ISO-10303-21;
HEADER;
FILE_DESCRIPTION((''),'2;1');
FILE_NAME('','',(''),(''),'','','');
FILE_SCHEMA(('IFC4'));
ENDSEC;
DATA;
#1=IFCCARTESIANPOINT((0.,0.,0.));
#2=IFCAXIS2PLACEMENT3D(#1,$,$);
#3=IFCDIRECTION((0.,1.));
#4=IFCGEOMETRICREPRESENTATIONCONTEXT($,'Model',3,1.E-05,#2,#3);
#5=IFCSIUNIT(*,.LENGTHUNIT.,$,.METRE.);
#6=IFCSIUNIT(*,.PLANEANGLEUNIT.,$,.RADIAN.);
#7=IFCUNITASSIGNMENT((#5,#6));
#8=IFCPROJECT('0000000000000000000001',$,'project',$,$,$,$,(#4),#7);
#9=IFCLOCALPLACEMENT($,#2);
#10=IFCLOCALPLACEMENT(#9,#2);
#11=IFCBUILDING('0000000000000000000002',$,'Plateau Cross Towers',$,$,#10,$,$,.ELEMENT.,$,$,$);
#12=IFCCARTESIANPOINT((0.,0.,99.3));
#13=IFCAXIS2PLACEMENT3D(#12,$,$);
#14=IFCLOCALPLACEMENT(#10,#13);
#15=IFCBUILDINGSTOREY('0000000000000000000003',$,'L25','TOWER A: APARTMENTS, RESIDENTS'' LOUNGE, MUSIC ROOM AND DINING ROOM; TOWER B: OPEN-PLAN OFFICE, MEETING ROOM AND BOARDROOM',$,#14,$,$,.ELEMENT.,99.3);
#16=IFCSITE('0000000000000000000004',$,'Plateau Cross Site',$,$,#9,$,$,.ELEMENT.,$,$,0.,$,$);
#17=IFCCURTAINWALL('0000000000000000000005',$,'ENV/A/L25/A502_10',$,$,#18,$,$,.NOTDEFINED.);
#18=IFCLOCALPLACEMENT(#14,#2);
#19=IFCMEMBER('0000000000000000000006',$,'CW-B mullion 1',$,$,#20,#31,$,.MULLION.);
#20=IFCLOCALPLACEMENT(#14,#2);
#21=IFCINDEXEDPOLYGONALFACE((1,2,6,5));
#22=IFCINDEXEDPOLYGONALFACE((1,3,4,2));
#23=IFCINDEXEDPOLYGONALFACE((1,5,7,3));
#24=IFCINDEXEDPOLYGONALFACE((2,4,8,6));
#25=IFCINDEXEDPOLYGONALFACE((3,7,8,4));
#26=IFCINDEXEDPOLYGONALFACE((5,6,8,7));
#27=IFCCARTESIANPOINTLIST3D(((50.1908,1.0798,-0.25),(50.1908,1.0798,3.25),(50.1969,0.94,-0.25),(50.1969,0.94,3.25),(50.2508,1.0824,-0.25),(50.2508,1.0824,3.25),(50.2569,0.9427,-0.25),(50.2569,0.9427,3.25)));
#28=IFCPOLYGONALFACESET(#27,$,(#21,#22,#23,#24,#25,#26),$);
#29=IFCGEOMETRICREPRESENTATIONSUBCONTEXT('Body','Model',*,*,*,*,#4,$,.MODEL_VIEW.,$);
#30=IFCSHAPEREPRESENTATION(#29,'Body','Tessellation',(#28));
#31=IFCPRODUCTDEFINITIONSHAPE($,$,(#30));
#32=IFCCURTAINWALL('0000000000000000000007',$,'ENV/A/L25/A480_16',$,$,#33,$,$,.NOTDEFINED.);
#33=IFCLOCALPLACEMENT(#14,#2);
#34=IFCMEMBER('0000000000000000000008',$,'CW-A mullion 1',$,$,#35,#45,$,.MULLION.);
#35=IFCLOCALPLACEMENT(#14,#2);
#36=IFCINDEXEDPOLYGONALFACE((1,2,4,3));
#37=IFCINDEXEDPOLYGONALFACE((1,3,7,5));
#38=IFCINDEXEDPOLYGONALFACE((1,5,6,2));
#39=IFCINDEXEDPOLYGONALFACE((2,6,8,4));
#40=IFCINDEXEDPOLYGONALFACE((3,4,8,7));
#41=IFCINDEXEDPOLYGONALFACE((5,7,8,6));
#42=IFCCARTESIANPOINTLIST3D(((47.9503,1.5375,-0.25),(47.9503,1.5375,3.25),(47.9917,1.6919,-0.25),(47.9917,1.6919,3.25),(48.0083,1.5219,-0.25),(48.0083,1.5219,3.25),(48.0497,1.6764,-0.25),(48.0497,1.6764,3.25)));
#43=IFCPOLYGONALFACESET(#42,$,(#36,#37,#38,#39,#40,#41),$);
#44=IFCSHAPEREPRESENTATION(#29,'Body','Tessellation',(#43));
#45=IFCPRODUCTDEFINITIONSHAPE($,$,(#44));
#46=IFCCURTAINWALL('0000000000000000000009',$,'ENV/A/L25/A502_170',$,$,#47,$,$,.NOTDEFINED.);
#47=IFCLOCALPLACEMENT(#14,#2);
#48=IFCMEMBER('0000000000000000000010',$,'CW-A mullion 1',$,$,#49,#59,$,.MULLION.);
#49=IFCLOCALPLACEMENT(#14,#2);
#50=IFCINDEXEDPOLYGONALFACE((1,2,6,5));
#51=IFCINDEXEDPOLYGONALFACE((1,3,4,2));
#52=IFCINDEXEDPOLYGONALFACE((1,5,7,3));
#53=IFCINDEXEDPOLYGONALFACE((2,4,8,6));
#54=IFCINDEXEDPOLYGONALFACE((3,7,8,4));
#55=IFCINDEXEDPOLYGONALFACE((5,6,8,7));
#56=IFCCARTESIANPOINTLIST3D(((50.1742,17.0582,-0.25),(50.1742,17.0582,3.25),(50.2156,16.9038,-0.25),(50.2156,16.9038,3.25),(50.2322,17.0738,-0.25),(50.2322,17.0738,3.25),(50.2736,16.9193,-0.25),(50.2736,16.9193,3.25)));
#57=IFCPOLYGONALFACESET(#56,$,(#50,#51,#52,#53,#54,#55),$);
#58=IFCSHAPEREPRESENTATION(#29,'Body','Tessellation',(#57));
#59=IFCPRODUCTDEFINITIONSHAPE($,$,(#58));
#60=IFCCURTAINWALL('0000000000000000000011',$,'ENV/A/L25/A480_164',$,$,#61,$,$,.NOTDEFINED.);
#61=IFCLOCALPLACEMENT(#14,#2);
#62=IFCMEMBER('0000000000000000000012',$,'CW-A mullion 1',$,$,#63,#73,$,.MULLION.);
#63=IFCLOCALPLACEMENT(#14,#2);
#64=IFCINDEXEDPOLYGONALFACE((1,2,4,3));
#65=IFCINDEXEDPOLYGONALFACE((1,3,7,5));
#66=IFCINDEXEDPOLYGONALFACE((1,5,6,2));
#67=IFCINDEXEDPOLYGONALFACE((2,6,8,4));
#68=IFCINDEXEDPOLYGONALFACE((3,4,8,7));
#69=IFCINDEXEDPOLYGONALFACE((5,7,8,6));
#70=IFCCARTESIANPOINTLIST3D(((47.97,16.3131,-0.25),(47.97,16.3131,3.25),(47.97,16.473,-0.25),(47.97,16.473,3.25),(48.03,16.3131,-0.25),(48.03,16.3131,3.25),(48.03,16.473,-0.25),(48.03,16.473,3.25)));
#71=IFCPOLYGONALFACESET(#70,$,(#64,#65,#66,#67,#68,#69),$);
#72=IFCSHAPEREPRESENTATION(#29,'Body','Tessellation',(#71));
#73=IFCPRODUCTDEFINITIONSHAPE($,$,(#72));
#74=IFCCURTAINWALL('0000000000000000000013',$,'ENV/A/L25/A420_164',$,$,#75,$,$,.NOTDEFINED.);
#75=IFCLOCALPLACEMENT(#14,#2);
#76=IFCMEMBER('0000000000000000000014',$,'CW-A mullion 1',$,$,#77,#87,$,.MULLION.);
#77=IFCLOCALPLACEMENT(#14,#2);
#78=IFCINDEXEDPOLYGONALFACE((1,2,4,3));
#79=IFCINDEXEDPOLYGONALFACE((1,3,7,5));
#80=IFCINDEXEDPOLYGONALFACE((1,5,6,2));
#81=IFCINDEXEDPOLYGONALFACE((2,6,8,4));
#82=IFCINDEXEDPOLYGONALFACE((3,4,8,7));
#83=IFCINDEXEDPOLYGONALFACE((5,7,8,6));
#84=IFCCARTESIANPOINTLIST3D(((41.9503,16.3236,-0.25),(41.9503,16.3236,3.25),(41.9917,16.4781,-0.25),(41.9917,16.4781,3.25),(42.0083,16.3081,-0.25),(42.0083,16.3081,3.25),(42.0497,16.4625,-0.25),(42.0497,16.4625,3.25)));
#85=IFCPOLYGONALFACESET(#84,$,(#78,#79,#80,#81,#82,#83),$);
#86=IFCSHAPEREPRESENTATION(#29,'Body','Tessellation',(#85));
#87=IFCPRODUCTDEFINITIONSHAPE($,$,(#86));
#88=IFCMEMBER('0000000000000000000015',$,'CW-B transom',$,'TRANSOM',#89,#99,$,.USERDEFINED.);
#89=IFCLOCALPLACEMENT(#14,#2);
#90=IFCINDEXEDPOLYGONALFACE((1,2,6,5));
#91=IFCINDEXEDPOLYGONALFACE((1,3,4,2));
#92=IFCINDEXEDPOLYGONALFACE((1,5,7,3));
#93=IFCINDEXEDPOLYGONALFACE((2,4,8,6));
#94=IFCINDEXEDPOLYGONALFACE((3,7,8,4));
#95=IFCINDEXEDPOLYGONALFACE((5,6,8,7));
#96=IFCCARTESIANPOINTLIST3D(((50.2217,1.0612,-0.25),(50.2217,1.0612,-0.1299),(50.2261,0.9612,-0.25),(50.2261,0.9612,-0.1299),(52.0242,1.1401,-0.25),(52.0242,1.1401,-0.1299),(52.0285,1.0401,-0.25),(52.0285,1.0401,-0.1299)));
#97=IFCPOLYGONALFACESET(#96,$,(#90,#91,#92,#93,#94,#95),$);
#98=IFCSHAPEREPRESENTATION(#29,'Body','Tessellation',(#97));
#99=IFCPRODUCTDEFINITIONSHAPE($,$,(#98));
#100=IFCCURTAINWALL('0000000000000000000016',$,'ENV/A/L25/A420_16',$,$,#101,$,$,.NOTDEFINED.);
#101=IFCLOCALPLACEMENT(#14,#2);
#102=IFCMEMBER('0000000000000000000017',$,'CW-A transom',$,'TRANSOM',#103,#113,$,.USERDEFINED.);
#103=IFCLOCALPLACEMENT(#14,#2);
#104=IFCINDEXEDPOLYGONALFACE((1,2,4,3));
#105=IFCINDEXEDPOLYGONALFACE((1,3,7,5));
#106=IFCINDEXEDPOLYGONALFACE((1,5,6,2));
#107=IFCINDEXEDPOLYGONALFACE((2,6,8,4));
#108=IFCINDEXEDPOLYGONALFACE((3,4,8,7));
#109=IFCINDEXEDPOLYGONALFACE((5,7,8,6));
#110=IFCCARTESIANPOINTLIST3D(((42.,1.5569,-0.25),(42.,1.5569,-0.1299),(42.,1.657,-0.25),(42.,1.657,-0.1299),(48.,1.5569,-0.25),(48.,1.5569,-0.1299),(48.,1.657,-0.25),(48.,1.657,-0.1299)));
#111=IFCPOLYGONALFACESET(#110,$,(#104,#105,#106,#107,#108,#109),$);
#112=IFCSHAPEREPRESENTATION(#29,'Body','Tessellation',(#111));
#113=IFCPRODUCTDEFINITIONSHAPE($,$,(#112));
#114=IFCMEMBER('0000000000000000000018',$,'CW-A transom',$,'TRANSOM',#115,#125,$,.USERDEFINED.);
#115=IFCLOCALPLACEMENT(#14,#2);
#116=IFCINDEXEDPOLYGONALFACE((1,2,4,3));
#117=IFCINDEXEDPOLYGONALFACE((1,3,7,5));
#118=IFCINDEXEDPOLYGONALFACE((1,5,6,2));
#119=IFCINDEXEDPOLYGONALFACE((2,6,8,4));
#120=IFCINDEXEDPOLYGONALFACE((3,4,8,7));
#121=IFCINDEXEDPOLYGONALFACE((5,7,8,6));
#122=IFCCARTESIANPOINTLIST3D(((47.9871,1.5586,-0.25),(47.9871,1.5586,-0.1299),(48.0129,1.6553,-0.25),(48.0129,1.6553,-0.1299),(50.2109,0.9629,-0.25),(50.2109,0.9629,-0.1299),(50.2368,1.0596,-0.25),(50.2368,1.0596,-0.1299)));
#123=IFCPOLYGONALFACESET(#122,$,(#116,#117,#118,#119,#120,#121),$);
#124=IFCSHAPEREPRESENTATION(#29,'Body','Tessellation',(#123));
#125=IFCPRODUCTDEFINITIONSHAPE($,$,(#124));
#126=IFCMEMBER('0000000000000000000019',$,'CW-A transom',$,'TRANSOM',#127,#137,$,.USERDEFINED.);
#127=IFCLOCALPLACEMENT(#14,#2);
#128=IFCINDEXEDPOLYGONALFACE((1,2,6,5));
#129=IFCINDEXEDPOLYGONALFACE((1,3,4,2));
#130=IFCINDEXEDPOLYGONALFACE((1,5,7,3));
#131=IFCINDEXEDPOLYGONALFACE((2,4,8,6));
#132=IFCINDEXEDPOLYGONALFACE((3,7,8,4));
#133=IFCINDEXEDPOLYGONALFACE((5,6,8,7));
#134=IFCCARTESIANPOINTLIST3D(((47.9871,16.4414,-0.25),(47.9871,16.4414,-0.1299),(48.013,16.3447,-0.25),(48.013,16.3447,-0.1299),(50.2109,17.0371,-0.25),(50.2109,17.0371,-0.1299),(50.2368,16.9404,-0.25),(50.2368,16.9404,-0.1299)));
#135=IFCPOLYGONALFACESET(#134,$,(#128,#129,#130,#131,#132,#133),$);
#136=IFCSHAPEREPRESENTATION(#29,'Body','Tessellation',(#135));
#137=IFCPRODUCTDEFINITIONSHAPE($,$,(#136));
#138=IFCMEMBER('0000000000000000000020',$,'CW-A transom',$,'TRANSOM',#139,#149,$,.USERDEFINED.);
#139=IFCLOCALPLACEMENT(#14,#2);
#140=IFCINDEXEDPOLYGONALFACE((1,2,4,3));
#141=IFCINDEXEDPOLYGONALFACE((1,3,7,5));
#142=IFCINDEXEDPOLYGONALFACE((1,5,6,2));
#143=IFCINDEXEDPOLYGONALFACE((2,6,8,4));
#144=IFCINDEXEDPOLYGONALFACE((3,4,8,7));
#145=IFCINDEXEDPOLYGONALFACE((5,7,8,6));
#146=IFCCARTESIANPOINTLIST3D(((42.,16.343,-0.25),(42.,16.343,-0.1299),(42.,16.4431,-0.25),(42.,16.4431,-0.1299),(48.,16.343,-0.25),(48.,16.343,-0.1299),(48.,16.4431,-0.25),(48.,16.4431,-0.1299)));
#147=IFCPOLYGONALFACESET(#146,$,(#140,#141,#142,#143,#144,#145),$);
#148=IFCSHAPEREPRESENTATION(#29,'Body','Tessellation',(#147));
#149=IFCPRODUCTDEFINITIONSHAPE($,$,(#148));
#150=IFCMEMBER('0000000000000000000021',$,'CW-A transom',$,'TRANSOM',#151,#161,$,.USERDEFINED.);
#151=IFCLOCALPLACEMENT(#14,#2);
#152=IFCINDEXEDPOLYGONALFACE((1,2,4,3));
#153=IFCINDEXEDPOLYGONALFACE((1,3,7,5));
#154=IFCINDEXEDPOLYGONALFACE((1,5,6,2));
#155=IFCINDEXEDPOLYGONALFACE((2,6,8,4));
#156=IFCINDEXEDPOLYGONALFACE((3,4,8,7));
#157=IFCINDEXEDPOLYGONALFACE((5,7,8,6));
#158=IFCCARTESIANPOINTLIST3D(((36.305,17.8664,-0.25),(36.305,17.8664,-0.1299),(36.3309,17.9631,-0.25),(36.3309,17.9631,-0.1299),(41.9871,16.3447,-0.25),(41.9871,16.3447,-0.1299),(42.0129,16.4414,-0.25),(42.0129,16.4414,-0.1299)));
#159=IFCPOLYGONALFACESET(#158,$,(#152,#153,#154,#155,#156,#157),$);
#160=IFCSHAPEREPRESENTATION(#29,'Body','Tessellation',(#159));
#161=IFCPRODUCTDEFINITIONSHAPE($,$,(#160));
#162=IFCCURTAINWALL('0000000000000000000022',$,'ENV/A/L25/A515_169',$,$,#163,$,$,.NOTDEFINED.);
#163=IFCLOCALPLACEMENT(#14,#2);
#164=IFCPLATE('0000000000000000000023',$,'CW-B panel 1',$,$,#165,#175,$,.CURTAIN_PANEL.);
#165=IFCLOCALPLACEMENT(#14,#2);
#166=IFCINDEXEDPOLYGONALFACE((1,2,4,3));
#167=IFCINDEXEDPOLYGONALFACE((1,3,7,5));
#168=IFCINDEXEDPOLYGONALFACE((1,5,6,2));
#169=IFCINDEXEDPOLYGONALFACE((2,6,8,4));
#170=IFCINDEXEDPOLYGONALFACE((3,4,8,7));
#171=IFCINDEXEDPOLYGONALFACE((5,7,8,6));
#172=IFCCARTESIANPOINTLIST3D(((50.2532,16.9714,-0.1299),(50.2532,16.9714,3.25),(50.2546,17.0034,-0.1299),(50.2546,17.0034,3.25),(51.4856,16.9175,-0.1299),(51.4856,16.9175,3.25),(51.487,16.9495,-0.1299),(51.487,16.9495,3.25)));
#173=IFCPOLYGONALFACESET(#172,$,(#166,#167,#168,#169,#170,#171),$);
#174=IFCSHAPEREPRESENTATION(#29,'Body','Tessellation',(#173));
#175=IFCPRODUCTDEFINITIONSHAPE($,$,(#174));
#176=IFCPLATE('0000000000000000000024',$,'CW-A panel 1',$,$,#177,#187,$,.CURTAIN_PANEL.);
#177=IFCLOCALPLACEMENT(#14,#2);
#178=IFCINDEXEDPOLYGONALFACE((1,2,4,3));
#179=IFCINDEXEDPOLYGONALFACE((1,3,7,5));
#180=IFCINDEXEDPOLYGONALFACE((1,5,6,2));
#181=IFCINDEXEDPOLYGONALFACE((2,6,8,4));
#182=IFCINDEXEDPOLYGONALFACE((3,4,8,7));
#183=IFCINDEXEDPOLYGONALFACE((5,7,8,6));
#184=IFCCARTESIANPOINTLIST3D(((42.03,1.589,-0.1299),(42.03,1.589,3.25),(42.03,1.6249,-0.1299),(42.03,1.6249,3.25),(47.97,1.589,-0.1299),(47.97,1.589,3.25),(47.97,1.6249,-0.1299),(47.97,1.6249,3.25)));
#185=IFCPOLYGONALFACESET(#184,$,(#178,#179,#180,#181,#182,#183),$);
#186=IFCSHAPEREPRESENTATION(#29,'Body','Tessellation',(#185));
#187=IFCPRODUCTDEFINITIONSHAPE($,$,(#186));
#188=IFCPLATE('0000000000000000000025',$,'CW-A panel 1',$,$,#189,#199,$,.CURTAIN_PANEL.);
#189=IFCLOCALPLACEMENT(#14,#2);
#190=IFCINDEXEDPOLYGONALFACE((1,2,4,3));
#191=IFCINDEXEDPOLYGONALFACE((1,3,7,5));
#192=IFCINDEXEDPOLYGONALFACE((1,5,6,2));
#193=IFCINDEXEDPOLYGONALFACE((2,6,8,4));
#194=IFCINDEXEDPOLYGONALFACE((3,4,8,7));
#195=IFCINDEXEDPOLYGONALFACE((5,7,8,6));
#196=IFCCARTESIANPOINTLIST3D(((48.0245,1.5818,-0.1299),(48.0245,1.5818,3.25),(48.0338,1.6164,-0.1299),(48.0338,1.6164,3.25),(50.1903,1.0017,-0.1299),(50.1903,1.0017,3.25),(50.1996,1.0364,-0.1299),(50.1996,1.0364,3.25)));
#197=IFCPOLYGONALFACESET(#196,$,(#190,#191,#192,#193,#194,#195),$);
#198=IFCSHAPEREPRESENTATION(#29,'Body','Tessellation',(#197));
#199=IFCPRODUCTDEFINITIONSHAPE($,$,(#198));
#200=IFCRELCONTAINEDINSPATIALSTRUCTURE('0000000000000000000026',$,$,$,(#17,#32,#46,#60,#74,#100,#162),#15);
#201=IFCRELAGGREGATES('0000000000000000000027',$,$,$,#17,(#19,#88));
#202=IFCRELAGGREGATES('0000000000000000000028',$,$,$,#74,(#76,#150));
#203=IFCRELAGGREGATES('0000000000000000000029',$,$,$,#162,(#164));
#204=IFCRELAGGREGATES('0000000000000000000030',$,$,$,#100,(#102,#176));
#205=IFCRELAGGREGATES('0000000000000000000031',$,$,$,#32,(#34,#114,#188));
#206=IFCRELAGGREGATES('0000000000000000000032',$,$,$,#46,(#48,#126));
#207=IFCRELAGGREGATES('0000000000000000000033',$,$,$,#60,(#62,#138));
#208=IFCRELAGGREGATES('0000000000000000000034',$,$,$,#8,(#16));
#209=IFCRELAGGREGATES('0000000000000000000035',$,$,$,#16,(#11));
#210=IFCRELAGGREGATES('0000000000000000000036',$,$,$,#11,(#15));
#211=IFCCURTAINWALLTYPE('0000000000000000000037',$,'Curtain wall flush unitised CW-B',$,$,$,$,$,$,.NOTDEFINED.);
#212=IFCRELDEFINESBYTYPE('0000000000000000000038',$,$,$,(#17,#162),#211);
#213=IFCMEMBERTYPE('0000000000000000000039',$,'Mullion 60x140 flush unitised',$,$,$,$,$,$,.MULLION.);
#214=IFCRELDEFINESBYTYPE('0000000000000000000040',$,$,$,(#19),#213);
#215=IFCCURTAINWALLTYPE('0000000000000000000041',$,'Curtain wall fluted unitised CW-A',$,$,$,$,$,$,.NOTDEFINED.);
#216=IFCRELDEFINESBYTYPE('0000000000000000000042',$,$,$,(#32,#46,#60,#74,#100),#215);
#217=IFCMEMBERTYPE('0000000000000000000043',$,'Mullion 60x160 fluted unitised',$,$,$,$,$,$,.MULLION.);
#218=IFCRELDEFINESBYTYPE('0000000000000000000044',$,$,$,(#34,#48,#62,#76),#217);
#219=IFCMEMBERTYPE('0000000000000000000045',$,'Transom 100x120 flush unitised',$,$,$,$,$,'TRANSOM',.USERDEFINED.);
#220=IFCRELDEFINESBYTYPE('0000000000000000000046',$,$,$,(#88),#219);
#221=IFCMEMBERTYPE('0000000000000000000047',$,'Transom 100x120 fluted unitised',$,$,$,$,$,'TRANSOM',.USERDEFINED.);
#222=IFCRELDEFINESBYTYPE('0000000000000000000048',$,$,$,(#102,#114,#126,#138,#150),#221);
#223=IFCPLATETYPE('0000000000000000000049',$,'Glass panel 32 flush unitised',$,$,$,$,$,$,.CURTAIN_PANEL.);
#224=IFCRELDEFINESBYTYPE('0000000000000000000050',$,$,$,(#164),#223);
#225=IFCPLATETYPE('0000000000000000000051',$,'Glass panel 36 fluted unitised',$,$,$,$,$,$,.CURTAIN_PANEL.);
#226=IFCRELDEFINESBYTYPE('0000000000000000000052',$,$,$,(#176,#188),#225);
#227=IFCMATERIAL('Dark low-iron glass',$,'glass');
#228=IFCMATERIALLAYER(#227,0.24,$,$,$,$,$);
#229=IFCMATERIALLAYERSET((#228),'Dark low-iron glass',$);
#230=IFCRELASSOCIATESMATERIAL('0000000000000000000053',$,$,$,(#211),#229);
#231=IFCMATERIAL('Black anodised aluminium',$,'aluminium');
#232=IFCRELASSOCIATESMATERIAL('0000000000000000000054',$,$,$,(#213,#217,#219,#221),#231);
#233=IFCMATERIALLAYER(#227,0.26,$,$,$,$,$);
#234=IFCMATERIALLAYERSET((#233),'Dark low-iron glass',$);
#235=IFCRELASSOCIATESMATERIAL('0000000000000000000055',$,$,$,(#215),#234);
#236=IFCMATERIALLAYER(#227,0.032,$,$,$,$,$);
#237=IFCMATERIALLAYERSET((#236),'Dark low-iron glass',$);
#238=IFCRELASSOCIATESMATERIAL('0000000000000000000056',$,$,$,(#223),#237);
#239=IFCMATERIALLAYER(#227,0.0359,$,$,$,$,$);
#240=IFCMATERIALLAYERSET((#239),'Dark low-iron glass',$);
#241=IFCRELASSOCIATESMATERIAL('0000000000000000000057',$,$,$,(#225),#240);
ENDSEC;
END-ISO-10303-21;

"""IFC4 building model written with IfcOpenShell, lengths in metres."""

from ifc_helpers import new_model, si_unit, direction, frame, origin, origin_2d, place, context, subcontext, project, spatial, rectangle, extrude, material, layer, layer_set, material_profile, profile_set, type_object, element, aggregate, save


model = new_model("IFC4")

# Units and contexts
model_context = context("Model", 3, precision=1e-05, world=origin(), true_north=direction((0.0, 1.0)))
body_context = subcontext(model_context, "Body", "Model", "MODEL_VIEW")
ifc_project = project(units=[si_unit("LENGTHUNIT", "METRE"), si_unit("PLANEANGLEUNIT", "RADIAN")], contexts=[model_context])

# Site, building, storey
site_placement = place(None, origin())
site = spatial("IfcSite", under=ifc_project, at=site_placement, Name="Plateau Cross Site", CompositionType="ELEMENT", RefElevation=0.0)
building_placement = place(site_placement, origin())
building = spatial("IfcBuilding", under=site, at=building_placement, Name="Plateau Cross Towers", CompositionType="ELEMENT")
storey_placement = place(building_placement, frame((0.0, 0.0, 99.3)))
storey = spatial("IfcBuildingStorey", under=building, at=storey_placement, Name="L25", Description="TOWER A: APARTMENTS, RESIDENTS' LOUNGE, MUSIC ROOM AND DINING ROOM; TOWER B: OPEN-PLAN OFFICE, MEETING ROOM AND BOARDROOM", CompositionType="ELEMENT", Elevation=99.3)

# Curtain walls, members
ifc_material_1 = material(Name="Dark low-iron glass", Category="glass")
ifc_layer_1 = layer(ifc_material_1, 0.24)
ifc_layer_set_1 = layer_set([ifc_layer_1], Name="Dark low-iron glass")
curtain_wall_type_1 = type_object("IfcCurtainWallType", Name="Curtain wall flush unitised CW-B", PredefinedType="NOTDEFINED", material=ifc_layer_set_1)
curtain_wall_1_placement = place(storey_placement, origin())
curtain_wall_1 = element("IfcCurtainWall", 1, at=curtain_wall_1_placement, inside=storey, type_object=curtain_wall_type_1, Name="ENV/A/L25/A502_10", PredefinedType="NOTDEFINED")
ifc_material_2 = material(Name="Black anodised aluminium", Category="aluminium")
ifc_material_profile_1 = material_profile(ifc_material_2, rectangle(XDim=0.0601, YDim=0.1399, at=origin_2d()), Name="MULLION 60x140")
ifc_profile_set_1 = profile_set([ifc_material_profile_1], Name="Black anodised aluminium")
member_type_1 = type_object("IfcMemberType", Name="Mullion 60x140 flush unitised", PredefinedType="MULLION", material=ifc_profile_set_1)
member_1_placement = place(storey_placement, frame((50.2239, 1.0112, -0.25), z_axis=(0.0, 0.0, 1.0), x_axis=(0.999044, 0.043723, 0.0)))
member_1 = element("IfcMember", 2, at=member_1_placement, type_object=member_type_1, Name="CW-B mullion 1", PredefinedType="MULLION", context=body_context, shape_type="SweptSolid", body=[
    extrude(rectangle(XDim=0.0601, YDim=0.1399, at=origin_2d()), origin(), (0.0, 0.0, 1.0), 3.5),
])
ifc_layer_2 = layer(ifc_material_1, 0.26)
ifc_layer_set_2 = layer_set([ifc_layer_2], Name="Dark low-iron glass")
curtain_wall_type_2 = type_object("IfcCurtainWallType", Name="Curtain wall fluted unitised CW-A", PredefinedType="NOTDEFINED", material=ifc_layer_set_2)
curtain_wall_2_placement = place(storey_placement, origin())
curtain_wall_2 = element("IfcCurtainWall", 3, at=curtain_wall_2_placement, inside=storey, type_object=curtain_wall_type_2, Name="ENV/A/L25/A480_16", PredefinedType="NOTDEFINED")
ifc_material_profile_2 = material_profile(ifc_material_2, rectangle(XDim=0.0601, YDim=0.1599, at=origin_2d()), Name="MULLION 60x160")
ifc_profile_set_2 = profile_set([ifc_material_profile_2], Name="Black anodised aluminium")
member_type_2 = type_object("IfcMemberType", Name="Mullion 60x160 fluted unitised", PredefinedType="MULLION", material=ifc_profile_set_2)
member_2_placement = place(storey_placement, frame((48.0, 1.6069, -0.25), z_axis=(0.0, 0.0, 1.0), x_axis=(0.965958, -0.258699, 0.0)))
member_2 = element("IfcMember", 4, at=member_2_placement, type_object=member_type_2, Name="CW-A mullion 1", PredefinedType="MULLION", context=body_context, shape_type="SweptSolid", body=[
    extrude(rectangle(XDim=0.0601, YDim=0.1599, at=origin_2d()), origin(), (0.0, 0.0, 1.0), 3.5),
])
curtain_wall_3_placement = place(storey_placement, origin())
curtain_wall_3 = element("IfcCurtainWall", 5, at=curtain_wall_3_placement, inside=storey, type_object=curtain_wall_type_2, Name="ENV/A/L25/A502_170", PredefinedType="NOTDEFINED")
member_3_placement = place(storey_placement, frame((50.2239, 16.9888, -0.25), z_axis=(0.0, 0.0, 1.0), x_axis=(-0.965958, -0.258699, 0.0)))
member_3 = element("IfcMember", 6, at=member_3_placement, type_object=member_type_2, Name="CW-A mullion 1", PredefinedType="MULLION", context=body_context, shape_type="SweptSolid", body=[
    extrude(rectangle(XDim=0.0601, YDim=0.1599, at=origin_2d()), origin(), (0.0, 0.0, 1.0), 3.5),
])
curtain_wall_4_placement = place(storey_placement, origin())
curtain_wall_4 = element("IfcCurtainWall", 7, at=curtain_wall_4_placement, inside=storey, type_object=curtain_wall_type_2, Name="ENV/A/L25/A480_164", PredefinedType="NOTDEFINED")
member_4_placement = place(storey_placement, frame((48.0, 16.3931, -0.25), z_axis=(0.0, 0.0, 1.0), x_axis=(-1.0, 0.0, 0.0)))
member_4 = element("IfcMember", 8, at=member_4_placement, type_object=member_type_2, Name="CW-A mullion 1", PredefinedType="MULLION", context=body_context, shape_type="SweptSolid", body=[
    extrude(rectangle(XDim=0.0601, YDim=0.1599, at=origin_2d()), origin(), (0.0, 0.0, 1.0), 3.5),
])
curtain_wall_5_placement = place(storey_placement, origin())
curtain_wall_5 = element("IfcCurtainWall", 9, at=curtain_wall_5_placement, inside=storey, type_object=curtain_wall_type_2, Name="ENV/A/L25/A420_164", PredefinedType="NOTDEFINED")
member_5_placement = place(storey_placement, frame((42.0, 16.3931, -0.25), z_axis=(0.0, 0.0, 1.0), x_axis=(-0.965958, 0.258699, 0.0)))
member_5 = element("IfcMember", 10, at=member_5_placement, type_object=member_type_2, Name="CW-A mullion 1", PredefinedType="MULLION", context=body_context, shape_type="SweptSolid", body=[
    extrude(rectangle(XDim=0.0601, YDim=0.1599, at=origin_2d()), origin(), (0.0, 0.0, 1.0), 3.5),
])

# Member
ifc_material_profile_3 = material_profile(ifc_material_2, rectangle(XDim=0.1001, YDim=0.1201, at=origin_2d()), Name="TRANSOM 100x120")
ifc_profile_set_3 = profile_set([ifc_material_profile_3], Name="Black anodised aluminium")
member_type_3 = type_object("IfcMemberType", Name="Transom 100x120 flush unitised", ElementType="TRANSOM", PredefinedType="USERDEFINED", material=ifc_profile_set_3)
member_6_placement = place(storey_placement, frame((50.2239, 1.0112, -0.1899), z_axis=(0.999044, 0.043707, 0.0), x_axis=(-0.043707, 0.999044, 0.0)))
member_6 = element("IfcMember", 11, at=member_6_placement, type_object=member_type_3, Name="CW-B transom", ObjectType="TRANSOM", PredefinedType="USERDEFINED", context=body_context, shape_type="SweptSolid", body=[
    extrude(rectangle(XDim=0.1001, YDim=0.1201, at=origin_2d()), origin(), (0.0, 0.0, 1.0), 1.8042),
])
aggregate(curtain_wall_1, [member_1, member_6])

# Curtain wall, member
curtain_wall_6_placement = place(storey_placement, origin())
curtain_wall_6 = element("IfcCurtainWall", 12, at=curtain_wall_6_placement, inside=storey, type_object=curtain_wall_type_2, Name="ENV/A/L25/A420_16", PredefinedType="NOTDEFINED")
ifc_material_profile_4 = material_profile(ifc_material_2, rectangle(XDim=0.1001, YDim=0.1201, at=origin_2d()), Name="TRANSOM 100x120")
ifc_profile_set_4 = profile_set([ifc_material_profile_4], Name="Black anodised aluminium")
member_type_4 = type_object("IfcMemberType", Name="Transom 100x120 fluted unitised", ElementType="TRANSOM", PredefinedType="USERDEFINED", material=ifc_profile_set_4)
member_7_placement = place(storey_placement, frame((42.0, 1.6069, -0.1899), z_axis=(1.0, 0.0, 0.0), x_axis=(0.0, 1.0, 0.0)))
member_7 = element("IfcMember", 13, at=member_7_placement, type_object=member_type_4, Name="CW-A transom", ObjectType="TRANSOM", PredefinedType="USERDEFINED", context=body_context, shape_type="SweptSolid", body=[
    extrude(rectangle(XDim=0.1001, YDim=0.1201, at=origin_2d()), origin(), (0.0, 0.0, 1.0), 6.0),
])

# Members
member_8_placement = place(storey_placement, frame((48.0, 1.6069, -0.1899), z_axis=(0.965946, -0.258745, 0.0), x_axis=(0.258745, 0.965946, 0.0)))
member_8 = element("IfcMember", 14, at=member_8_placement, type_object=member_type_4, Name="CW-A transom", ObjectType="TRANSOM", PredefinedType="USERDEFINED", context=body_context, shape_type="SweptSolid", body=[
    extrude(rectangle(XDim=0.1001, YDim=0.1201, at=origin_2d()), origin(), (0.0, 0.0, 1.0), 2.3022),
])
member_9_placement = place(storey_placement, frame((50.2239, 16.9888, -0.1899), z_axis=(-0.965946, -0.258745, 0.0), x_axis=(0.258745, -0.965946, 0.0)))
member_9 = element("IfcMember", 15, at=member_9_placement, type_object=member_type_4, Name="CW-A transom", ObjectType="TRANSOM", PredefinedType="USERDEFINED", context=body_context, shape_type="SweptSolid", body=[
    extrude(rectangle(XDim=0.1001, YDim=0.1201, at=origin_2d()), origin(), (0.0, 0.0, 1.0), 2.3022),
])
member_10_placement = place(storey_placement, frame((48.0, 16.3931, -0.1899), z_axis=(-1.0, 0.0, 0.0), x_axis=(0.0, -1.0, 0.0)))
member_10 = element("IfcMember", 16, at=member_10_placement, type_object=member_type_4, Name="CW-A transom", ObjectType="TRANSOM", PredefinedType="USERDEFINED", context=body_context, shape_type="SweptSolid", body=[
    extrude(rectangle(XDim=0.1001, YDim=0.1201, at=origin_2d()), origin(), (0.0, 0.0, 1.0), 6.0),
])
member_11_placement = place(storey_placement, frame((42.0, 16.3931, -0.1899), z_axis=(-0.96596, 0.258693, 0.0), x_axis=(-0.258693, -0.96596, 0.0)))
member_11 = element("IfcMember", 17, at=member_11_placement, type_object=member_type_4, Name="CW-A transom", ObjectType="TRANSOM", PredefinedType="USERDEFINED", context=body_context, shape_type="SweptSolid", body=[
    extrude(rectangle(XDim=0.1001, YDim=0.1201, at=origin_2d()), origin(), (0.0, 0.0, 1.0), 5.8823),
])
aggregate(curtain_wall_5, [member_5, member_11])

# Curtain wall, plate
curtain_wall_7_placement = place(storey_placement, origin())
curtain_wall_7 = element("IfcCurtainWall", 18, at=curtain_wall_7_placement, inside=storey, type_object=curtain_wall_type_1, Name="ENV/A/L25/A515_169", PredefinedType="NOTDEFINED")
ifc_layer_3 = layer(ifc_material_1, 0.032)
ifc_layer_set_3 = layer_set([ifc_layer_3], Name="Dark low-iron glass")
plate_type_1 = type_object("IfcPlateType", Name="Glass panel 32 flush unitised", PredefinedType="CURTAIN_PANEL", material=ifc_layer_set_3)
plate_1_placement = place(storey_placement, frame((50.8701, 16.9604, -0.1299), z_axis=(0.0, 0.0, 1.0), x_axis=(-0.999044, 0.043723, 0.0)))
plate_1 = element("IfcPlate", 19, at=plate_1_placement, type_object=plate_type_1, Name="CW-B panel 1", PredefinedType="CURTAIN_PANEL", context=body_context, shape_type="SweptSolid", body=[
    extrude(rectangle(XDim=1.2336, YDim=0.032, at=origin_2d()), origin(), (0.0, 0.0, 1.0), 3.3799),
])
aggregate(curtain_wall_7, [plate_1])

# Plates
ifc_layer_4 = layer(ifc_material_1, 0.0359)
ifc_layer_set_4 = layer_set([ifc_layer_4], Name="Dark low-iron glass")
plate_type_2 = type_object("IfcPlateType", Name="Glass panel 36 fluted unitised", PredefinedType="CURTAIN_PANEL", material=ifc_layer_set_4)
plate_2_placement = place(storey_placement, frame((45.0, 1.6069, -0.1299), z_axis=(0.0, 0.0, 1.0), x_axis=(1.0, 0.0, 0.0)))
plate_2 = element("IfcPlate", 20, at=plate_2_placement, type_object=plate_type_2, Name="CW-A panel 1", PredefinedType="CURTAIN_PANEL", context=body_context, shape_type="SweptSolid", body=[
    extrude(rectangle(XDim=5.9399, YDim=0.0359, at=origin_2d()), origin(), (0.0, 0.0, 1.0), 3.3799),
])
aggregate(curtain_wall_6, [member_7, plate_2])
plate_3_placement = place(storey_placement, frame((49.1121, 1.3091, -0.1299), z_axis=(0.0, 0.0, 1.0), x_axis=(0.965958, -0.258699, 0.0)))
plate_3 = element("IfcPlate", 21, at=plate_3_placement, type_object=plate_type_2, Name="CW-A panel 1", PredefinedType="CURTAIN_PANEL", context=body_context, shape_type="SweptSolid", body=[
    extrude(rectangle(XDim=2.2422, YDim=0.0359, at=origin_2d()), origin(), (0.0, 0.0, 1.0), 3.3799),
])
aggregate(curtain_wall_2, [member_2, member_8, plate_3])
aggregate(curtain_wall_3, [member_3, member_9])
aggregate(curtain_wall_4, [member_4, member_10])

save(model, "model.ifc")
